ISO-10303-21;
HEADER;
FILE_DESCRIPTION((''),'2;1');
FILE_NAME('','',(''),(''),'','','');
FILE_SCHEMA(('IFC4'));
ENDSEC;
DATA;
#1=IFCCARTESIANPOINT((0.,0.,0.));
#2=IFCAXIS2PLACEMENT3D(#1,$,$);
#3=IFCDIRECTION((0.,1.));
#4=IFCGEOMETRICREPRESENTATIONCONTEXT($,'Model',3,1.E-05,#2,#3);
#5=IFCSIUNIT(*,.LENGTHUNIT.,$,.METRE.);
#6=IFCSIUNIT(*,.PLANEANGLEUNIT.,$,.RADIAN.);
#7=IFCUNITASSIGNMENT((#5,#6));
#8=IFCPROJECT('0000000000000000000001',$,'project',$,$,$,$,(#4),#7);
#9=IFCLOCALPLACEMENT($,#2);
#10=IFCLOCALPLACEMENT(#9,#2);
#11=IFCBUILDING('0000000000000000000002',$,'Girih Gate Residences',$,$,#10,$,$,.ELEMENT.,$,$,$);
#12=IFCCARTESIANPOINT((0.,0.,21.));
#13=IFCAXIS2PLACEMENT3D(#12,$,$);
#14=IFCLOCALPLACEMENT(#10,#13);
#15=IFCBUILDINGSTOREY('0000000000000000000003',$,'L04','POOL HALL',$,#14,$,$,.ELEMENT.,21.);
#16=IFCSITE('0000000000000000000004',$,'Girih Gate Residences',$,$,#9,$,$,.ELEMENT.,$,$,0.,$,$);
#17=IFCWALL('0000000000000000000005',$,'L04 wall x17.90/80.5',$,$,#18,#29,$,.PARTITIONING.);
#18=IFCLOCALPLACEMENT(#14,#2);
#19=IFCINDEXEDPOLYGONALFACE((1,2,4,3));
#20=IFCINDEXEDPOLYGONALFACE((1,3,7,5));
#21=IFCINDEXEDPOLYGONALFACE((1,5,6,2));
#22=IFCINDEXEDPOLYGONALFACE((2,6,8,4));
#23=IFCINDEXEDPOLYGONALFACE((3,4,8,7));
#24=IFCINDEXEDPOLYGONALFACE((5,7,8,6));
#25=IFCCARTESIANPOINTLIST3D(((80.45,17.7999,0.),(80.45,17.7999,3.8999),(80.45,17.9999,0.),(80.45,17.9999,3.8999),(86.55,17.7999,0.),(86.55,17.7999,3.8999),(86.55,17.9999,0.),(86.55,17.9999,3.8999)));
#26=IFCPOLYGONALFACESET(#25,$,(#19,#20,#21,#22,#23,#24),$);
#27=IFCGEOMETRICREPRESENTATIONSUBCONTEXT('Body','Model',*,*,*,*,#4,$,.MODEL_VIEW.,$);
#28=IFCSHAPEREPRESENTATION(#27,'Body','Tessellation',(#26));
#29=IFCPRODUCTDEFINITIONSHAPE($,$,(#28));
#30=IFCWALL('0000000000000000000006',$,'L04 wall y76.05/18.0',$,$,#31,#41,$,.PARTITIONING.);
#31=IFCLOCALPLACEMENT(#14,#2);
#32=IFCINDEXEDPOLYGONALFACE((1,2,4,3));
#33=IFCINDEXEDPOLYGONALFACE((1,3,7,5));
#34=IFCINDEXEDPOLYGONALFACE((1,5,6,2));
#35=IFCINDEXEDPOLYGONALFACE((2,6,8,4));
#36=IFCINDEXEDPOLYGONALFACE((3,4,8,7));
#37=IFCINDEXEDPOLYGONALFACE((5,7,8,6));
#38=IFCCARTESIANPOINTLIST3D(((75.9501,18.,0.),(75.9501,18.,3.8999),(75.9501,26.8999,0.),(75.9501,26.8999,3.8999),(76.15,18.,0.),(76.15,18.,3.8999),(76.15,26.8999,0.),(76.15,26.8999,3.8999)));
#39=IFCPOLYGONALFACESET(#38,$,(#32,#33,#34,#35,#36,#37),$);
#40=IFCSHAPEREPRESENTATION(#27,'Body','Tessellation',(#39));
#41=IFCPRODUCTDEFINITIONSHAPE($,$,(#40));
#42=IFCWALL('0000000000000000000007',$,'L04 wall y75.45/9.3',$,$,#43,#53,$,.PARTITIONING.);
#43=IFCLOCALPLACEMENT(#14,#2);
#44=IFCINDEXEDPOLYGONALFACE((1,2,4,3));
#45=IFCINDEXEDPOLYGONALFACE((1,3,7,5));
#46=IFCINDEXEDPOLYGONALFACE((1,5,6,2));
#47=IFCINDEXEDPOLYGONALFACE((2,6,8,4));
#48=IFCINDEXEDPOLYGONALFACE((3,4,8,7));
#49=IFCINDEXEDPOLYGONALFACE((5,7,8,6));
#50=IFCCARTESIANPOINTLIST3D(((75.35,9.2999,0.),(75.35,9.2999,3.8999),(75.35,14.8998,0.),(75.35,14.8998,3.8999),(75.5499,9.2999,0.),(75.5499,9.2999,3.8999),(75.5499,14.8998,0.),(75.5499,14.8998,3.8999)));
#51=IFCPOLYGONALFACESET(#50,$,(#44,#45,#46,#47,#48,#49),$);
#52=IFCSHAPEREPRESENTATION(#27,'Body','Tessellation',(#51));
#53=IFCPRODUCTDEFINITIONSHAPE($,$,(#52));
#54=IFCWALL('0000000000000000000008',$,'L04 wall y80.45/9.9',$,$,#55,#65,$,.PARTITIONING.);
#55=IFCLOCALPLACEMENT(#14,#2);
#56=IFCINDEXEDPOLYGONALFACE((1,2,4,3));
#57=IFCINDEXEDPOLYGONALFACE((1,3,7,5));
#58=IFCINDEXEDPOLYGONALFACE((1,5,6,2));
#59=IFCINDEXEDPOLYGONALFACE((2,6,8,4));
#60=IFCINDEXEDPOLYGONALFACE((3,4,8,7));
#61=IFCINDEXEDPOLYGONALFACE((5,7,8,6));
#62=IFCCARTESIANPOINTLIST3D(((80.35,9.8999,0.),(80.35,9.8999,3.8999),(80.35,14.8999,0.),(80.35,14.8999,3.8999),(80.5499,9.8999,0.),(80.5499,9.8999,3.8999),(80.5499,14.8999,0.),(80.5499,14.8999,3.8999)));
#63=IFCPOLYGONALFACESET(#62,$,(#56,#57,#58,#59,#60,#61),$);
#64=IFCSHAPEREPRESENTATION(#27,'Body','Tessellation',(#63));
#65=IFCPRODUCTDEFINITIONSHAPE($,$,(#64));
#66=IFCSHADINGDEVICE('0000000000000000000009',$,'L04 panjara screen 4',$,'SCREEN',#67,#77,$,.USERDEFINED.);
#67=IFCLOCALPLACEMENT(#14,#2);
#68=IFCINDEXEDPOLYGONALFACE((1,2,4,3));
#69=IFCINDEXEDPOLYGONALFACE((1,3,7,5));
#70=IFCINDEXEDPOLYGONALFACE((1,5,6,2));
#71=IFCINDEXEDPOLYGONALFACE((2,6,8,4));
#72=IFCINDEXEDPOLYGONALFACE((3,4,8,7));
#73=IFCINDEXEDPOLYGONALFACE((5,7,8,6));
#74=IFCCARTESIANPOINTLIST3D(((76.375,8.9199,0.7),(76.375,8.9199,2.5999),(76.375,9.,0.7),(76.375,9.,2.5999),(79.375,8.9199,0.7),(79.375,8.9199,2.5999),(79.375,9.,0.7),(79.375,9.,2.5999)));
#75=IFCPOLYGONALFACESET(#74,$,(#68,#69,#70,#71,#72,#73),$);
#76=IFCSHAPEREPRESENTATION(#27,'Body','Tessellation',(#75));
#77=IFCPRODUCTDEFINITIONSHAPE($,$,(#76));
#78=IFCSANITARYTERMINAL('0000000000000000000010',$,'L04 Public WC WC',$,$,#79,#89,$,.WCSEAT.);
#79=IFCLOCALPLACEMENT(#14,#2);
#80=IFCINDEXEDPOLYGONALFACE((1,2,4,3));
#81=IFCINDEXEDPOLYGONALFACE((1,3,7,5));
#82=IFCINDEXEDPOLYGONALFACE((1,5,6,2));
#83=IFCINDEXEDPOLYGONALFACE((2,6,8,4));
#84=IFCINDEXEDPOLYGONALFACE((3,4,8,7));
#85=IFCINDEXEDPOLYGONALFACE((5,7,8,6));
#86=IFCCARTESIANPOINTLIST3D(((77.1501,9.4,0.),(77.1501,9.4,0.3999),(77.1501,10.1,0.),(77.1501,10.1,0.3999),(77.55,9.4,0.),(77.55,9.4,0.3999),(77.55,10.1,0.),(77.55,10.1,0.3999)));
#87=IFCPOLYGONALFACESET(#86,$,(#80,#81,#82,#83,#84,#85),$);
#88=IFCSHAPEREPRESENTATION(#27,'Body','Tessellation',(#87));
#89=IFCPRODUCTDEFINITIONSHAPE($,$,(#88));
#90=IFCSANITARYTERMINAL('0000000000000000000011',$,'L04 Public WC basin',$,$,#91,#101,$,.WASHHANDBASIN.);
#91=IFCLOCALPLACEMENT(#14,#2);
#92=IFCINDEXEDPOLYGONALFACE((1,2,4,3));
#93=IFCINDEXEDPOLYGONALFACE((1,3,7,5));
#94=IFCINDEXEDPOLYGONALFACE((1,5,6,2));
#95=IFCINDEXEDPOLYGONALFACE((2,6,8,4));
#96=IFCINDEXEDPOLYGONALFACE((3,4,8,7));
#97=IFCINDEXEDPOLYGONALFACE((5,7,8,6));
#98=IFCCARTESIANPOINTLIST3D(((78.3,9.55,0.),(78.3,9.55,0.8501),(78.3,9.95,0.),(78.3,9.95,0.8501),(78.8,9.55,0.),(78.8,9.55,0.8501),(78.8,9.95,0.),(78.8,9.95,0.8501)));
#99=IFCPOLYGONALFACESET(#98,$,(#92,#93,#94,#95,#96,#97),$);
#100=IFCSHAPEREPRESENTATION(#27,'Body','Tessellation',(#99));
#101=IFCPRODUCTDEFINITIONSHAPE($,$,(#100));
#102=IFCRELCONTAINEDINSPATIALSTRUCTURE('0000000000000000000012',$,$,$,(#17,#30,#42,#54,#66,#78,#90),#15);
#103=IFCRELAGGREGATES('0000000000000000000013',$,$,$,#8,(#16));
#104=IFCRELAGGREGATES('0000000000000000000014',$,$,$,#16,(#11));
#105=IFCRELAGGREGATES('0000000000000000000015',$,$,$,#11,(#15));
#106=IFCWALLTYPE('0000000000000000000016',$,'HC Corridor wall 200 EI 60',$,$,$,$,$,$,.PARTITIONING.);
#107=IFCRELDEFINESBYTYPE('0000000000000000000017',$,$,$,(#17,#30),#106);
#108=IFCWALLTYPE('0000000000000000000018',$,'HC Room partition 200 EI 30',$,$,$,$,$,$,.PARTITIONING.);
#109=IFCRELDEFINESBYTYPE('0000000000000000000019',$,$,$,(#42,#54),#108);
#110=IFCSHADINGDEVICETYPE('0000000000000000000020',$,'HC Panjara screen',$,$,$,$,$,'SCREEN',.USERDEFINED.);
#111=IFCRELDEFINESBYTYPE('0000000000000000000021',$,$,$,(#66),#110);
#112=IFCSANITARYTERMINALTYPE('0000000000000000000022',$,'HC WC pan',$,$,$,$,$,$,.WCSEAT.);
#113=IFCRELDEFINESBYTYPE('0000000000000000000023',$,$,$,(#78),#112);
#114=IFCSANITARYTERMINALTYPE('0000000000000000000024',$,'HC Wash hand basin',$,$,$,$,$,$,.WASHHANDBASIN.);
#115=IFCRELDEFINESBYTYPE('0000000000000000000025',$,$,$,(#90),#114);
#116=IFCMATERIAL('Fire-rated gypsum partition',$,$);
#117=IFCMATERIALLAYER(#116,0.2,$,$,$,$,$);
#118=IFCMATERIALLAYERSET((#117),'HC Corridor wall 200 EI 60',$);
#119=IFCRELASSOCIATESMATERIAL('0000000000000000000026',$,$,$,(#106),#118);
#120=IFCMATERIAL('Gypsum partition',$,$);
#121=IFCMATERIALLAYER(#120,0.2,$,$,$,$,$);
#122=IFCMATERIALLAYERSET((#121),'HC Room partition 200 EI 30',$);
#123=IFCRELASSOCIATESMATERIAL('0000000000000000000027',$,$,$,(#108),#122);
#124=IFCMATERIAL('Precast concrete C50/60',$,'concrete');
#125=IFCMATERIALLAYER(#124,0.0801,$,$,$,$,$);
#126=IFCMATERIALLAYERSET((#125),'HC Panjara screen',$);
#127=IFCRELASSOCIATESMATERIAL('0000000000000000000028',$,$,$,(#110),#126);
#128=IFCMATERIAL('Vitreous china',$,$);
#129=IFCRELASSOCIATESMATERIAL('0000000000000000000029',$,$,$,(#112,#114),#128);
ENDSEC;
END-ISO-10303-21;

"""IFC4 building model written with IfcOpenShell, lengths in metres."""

from ifc_helpers import new_model, si_unit, direction, frame, frame_2d, origin, origin_2d, place, context, subcontext, project, spatial, rectangle, extrude, material, layer, layer_set, type_object, element, save


model = new_model("IFC4")

# Units and contexts
model_context = context("Model", 3, precision=1e-05, world=origin(), true_north=direction((0.0, 1.0)))
body_context = subcontext(model_context, "Body", "Model", "MODEL_VIEW")
ifc_project = project(units=[si_unit("LENGTHUNIT", "METRE"), si_unit("PLANEANGLEUNIT", "RADIAN")], contexts=[model_context])

# Site, building, storey
site_placement = place(None, origin())
site = spatial("IfcSite", under=ifc_project, at=site_placement, Name="Girih Gate Residences", CompositionType="ELEMENT", RefElevation=0.0)
building_placement = place(site_placement, origin())
building = spatial("IfcBuilding", under=site, at=building_placement, Name="Girih Gate Residences", CompositionType="ELEMENT")
storey_placement = place(building_placement, frame((0.0, 0.0, 21.0)))
storey = spatial("IfcBuildingStorey", under=building, at=storey_placement, Name="L04", Description="POOL HALL", CompositionType="ELEMENT", Elevation=21.0)

# Shared definitions
ifc_material_1 = material(Name="Fire-rated gypsum partition")
ifc_layer_1 = layer(ifc_material_1, 0.2)
ifc_layer_set_1 = layer_set([ifc_layer_1], Name="HC Corridor wall 200 EI 60")
wall_type_1 = type_object("IfcWallType", Name="HC Corridor wall 200 EI 60", PredefinedType="PARTITIONING", material=ifc_layer_set_1)

# Walls
wall_1_placement = place(storey_placement, frame((80.45, 17.8999, 0.0), z_axis=(0.0, 0.0, 1.0), x_axis=(1.0, 0.0, 0.0)))
element("IfcWall", 1, at=wall_1_placement, inside=storey, type_object=wall_type_1, Name="L04 wall x17.90/80.5", PredefinedType="PARTITIONING", context=body_context, shape_type="SweptSolid", body=[
    extrude(rectangle(XDim=6.1001, YDim=0.2, at=frame_2d((3.05, 0.0))), origin(), (0.0, 0.0, 1.0), 3.8999),
])
wall_2_placement = place(storey_placement, frame((76.05, 18.0, 0.0), z_axis=(0.0, 0.0, 1.0), x_axis=(0.0, 1.0, 0.0)))
element("IfcWall", 2, at=wall_2_placement, inside=storey, type_object=wall_type_1, Name="L04 wall y76.05/18.0", PredefinedType="PARTITIONING", context=body_context, shape_type="SweptSolid", body=[
    extrude(rectangle(XDim=8.8999, YDim=0.2, at=frame_2d((4.45, 0.0))), origin(), (0.0, 0.0, 1.0), 3.8999),
])
ifc_material_2 = material(Name="Gypsum partition")
ifc_layer_2 = layer(ifc_material_2, 0.2)
ifc_layer_set_2 = layer_set([ifc_layer_2], Name="HC Room partition 200 EI 30")
wall_type_2 = type_object("IfcWallType", Name="HC Room partition 200 EI 30", PredefinedType="PARTITIONING", material=ifc_layer_set_2)
wall_3_placement = place(storey_placement, frame((75.45, 9.3, 0.0), z_axis=(0.0, 0.0, 1.0), x_axis=(0.0, 1.0, 0.0)))
element("IfcWall", 3, at=wall_3_placement, inside=storey, type_object=wall_type_2, Name="L04 wall y75.45/9.3", PredefinedType="PARTITIONING", context=body_context, shape_type="SweptSolid", body=[
    extrude(rectangle(XDim=5.5999, YDim=0.2, at=frame_2d((2.7998, 0.0))), origin(), (0.0, 0.0, 1.0), 3.8999),
])
wall_4_placement = place(storey_placement, frame((80.45, 9.8999, 0.0), z_axis=(0.0, 0.0, 1.0), x_axis=(0.0, 1.0, 0.0)))
element("IfcWall", 4, at=wall_4_placement, inside=storey, type_object=wall_type_2, Name="L04 wall y80.45/9.9", PredefinedType="PARTITIONING", context=body_context, shape_type="SweptSolid", body=[
    extrude(rectangle(XDim=5.0, YDim=0.2, at=frame_2d((2.5, 0.0))), origin(), (0.0, 0.0, 1.0), 3.8999),
])

# Shading device
ifc_material_3 = material(Name="Precast concrete C50/60", Category="concrete")
ifc_layer_3 = layer(ifc_material_3, 0.0801)
ifc_layer_set_3 = layer_set([ifc_layer_3], Name="HC Panjara screen")
shading_device_type = type_object("IfcShadingDeviceType", Name="HC Panjara screen", ElementType="SCREEN", PredefinedType="USERDEFINED", material=ifc_layer_set_3)
shading_device_placement = place(storey_placement, frame((77.875, 8.96, 0.7), z_axis=(0.0, 0.0, 1.0), x_axis=(1.0, 0.0, 0.0)))
element("IfcShadingDevice", 5, at=shading_device_placement, inside=storey, type_object=shading_device_type, Name="L04 panjara screen 4", ObjectType="SCREEN", PredefinedType="USERDEFINED", context=body_context, shape_type="SweptSolid", body=[
    extrude(rectangle(XDim=3.0, YDim=0.0801, at=origin_2d()), origin(), (0.0, 0.0, 1.0), 1.8999),
])

# Sanitary terminals
ifc_material_4 = material(Name="Vitreous china")
sanitary_terminal_type_1 = type_object("IfcSanitaryTerminalType", Name="HC WC pan", PredefinedType="WCSEAT", material=ifc_material_4)
sanitary_terminal_1_placement = place(storey_placement, frame((77.3501, 9.75, 0.0), z_axis=(0.0, 0.0, 1.0), x_axis=(1.0, 0.0, 0.0)))
element("IfcSanitaryTerminal", 6, at=sanitary_terminal_1_placement, inside=storey, type_object=sanitary_terminal_type_1, Name="L04 Public WC WC", PredefinedType="WCSEAT", context=body_context, shape_type="SweptSolid", body=[
    extrude(rectangle(XDim=0.3999, YDim=0.7, at=origin_2d()), origin(), (0.0, 0.0, 1.0), 0.3999),
])
sanitary_terminal_type_2 = type_object("IfcSanitaryTerminalType", Name="HC Wash hand basin", PredefinedType="WASHHANDBASIN", material=ifc_material_4)
sanitary_terminal_2_placement = place(storey_placement, frame((78.55, 9.75, 0.0), z_axis=(0.0, 0.0, 1.0), x_axis=(1.0, 0.0, 0.0)))
element("IfcSanitaryTerminal", 7, at=sanitary_terminal_2_placement, inside=storey, type_object=sanitary_terminal_type_2, Name="L04 Public WC basin", PredefinedType="WASHHANDBASIN", context=body_context, shape_type="SweptSolid", body=[
    extrude(rectangle(XDim=0.5, YDim=0.3999, at=origin_2d()), origin(), (0.0, 0.0, 1.0), 0.8501),
])

save(model, "model.ifc")
